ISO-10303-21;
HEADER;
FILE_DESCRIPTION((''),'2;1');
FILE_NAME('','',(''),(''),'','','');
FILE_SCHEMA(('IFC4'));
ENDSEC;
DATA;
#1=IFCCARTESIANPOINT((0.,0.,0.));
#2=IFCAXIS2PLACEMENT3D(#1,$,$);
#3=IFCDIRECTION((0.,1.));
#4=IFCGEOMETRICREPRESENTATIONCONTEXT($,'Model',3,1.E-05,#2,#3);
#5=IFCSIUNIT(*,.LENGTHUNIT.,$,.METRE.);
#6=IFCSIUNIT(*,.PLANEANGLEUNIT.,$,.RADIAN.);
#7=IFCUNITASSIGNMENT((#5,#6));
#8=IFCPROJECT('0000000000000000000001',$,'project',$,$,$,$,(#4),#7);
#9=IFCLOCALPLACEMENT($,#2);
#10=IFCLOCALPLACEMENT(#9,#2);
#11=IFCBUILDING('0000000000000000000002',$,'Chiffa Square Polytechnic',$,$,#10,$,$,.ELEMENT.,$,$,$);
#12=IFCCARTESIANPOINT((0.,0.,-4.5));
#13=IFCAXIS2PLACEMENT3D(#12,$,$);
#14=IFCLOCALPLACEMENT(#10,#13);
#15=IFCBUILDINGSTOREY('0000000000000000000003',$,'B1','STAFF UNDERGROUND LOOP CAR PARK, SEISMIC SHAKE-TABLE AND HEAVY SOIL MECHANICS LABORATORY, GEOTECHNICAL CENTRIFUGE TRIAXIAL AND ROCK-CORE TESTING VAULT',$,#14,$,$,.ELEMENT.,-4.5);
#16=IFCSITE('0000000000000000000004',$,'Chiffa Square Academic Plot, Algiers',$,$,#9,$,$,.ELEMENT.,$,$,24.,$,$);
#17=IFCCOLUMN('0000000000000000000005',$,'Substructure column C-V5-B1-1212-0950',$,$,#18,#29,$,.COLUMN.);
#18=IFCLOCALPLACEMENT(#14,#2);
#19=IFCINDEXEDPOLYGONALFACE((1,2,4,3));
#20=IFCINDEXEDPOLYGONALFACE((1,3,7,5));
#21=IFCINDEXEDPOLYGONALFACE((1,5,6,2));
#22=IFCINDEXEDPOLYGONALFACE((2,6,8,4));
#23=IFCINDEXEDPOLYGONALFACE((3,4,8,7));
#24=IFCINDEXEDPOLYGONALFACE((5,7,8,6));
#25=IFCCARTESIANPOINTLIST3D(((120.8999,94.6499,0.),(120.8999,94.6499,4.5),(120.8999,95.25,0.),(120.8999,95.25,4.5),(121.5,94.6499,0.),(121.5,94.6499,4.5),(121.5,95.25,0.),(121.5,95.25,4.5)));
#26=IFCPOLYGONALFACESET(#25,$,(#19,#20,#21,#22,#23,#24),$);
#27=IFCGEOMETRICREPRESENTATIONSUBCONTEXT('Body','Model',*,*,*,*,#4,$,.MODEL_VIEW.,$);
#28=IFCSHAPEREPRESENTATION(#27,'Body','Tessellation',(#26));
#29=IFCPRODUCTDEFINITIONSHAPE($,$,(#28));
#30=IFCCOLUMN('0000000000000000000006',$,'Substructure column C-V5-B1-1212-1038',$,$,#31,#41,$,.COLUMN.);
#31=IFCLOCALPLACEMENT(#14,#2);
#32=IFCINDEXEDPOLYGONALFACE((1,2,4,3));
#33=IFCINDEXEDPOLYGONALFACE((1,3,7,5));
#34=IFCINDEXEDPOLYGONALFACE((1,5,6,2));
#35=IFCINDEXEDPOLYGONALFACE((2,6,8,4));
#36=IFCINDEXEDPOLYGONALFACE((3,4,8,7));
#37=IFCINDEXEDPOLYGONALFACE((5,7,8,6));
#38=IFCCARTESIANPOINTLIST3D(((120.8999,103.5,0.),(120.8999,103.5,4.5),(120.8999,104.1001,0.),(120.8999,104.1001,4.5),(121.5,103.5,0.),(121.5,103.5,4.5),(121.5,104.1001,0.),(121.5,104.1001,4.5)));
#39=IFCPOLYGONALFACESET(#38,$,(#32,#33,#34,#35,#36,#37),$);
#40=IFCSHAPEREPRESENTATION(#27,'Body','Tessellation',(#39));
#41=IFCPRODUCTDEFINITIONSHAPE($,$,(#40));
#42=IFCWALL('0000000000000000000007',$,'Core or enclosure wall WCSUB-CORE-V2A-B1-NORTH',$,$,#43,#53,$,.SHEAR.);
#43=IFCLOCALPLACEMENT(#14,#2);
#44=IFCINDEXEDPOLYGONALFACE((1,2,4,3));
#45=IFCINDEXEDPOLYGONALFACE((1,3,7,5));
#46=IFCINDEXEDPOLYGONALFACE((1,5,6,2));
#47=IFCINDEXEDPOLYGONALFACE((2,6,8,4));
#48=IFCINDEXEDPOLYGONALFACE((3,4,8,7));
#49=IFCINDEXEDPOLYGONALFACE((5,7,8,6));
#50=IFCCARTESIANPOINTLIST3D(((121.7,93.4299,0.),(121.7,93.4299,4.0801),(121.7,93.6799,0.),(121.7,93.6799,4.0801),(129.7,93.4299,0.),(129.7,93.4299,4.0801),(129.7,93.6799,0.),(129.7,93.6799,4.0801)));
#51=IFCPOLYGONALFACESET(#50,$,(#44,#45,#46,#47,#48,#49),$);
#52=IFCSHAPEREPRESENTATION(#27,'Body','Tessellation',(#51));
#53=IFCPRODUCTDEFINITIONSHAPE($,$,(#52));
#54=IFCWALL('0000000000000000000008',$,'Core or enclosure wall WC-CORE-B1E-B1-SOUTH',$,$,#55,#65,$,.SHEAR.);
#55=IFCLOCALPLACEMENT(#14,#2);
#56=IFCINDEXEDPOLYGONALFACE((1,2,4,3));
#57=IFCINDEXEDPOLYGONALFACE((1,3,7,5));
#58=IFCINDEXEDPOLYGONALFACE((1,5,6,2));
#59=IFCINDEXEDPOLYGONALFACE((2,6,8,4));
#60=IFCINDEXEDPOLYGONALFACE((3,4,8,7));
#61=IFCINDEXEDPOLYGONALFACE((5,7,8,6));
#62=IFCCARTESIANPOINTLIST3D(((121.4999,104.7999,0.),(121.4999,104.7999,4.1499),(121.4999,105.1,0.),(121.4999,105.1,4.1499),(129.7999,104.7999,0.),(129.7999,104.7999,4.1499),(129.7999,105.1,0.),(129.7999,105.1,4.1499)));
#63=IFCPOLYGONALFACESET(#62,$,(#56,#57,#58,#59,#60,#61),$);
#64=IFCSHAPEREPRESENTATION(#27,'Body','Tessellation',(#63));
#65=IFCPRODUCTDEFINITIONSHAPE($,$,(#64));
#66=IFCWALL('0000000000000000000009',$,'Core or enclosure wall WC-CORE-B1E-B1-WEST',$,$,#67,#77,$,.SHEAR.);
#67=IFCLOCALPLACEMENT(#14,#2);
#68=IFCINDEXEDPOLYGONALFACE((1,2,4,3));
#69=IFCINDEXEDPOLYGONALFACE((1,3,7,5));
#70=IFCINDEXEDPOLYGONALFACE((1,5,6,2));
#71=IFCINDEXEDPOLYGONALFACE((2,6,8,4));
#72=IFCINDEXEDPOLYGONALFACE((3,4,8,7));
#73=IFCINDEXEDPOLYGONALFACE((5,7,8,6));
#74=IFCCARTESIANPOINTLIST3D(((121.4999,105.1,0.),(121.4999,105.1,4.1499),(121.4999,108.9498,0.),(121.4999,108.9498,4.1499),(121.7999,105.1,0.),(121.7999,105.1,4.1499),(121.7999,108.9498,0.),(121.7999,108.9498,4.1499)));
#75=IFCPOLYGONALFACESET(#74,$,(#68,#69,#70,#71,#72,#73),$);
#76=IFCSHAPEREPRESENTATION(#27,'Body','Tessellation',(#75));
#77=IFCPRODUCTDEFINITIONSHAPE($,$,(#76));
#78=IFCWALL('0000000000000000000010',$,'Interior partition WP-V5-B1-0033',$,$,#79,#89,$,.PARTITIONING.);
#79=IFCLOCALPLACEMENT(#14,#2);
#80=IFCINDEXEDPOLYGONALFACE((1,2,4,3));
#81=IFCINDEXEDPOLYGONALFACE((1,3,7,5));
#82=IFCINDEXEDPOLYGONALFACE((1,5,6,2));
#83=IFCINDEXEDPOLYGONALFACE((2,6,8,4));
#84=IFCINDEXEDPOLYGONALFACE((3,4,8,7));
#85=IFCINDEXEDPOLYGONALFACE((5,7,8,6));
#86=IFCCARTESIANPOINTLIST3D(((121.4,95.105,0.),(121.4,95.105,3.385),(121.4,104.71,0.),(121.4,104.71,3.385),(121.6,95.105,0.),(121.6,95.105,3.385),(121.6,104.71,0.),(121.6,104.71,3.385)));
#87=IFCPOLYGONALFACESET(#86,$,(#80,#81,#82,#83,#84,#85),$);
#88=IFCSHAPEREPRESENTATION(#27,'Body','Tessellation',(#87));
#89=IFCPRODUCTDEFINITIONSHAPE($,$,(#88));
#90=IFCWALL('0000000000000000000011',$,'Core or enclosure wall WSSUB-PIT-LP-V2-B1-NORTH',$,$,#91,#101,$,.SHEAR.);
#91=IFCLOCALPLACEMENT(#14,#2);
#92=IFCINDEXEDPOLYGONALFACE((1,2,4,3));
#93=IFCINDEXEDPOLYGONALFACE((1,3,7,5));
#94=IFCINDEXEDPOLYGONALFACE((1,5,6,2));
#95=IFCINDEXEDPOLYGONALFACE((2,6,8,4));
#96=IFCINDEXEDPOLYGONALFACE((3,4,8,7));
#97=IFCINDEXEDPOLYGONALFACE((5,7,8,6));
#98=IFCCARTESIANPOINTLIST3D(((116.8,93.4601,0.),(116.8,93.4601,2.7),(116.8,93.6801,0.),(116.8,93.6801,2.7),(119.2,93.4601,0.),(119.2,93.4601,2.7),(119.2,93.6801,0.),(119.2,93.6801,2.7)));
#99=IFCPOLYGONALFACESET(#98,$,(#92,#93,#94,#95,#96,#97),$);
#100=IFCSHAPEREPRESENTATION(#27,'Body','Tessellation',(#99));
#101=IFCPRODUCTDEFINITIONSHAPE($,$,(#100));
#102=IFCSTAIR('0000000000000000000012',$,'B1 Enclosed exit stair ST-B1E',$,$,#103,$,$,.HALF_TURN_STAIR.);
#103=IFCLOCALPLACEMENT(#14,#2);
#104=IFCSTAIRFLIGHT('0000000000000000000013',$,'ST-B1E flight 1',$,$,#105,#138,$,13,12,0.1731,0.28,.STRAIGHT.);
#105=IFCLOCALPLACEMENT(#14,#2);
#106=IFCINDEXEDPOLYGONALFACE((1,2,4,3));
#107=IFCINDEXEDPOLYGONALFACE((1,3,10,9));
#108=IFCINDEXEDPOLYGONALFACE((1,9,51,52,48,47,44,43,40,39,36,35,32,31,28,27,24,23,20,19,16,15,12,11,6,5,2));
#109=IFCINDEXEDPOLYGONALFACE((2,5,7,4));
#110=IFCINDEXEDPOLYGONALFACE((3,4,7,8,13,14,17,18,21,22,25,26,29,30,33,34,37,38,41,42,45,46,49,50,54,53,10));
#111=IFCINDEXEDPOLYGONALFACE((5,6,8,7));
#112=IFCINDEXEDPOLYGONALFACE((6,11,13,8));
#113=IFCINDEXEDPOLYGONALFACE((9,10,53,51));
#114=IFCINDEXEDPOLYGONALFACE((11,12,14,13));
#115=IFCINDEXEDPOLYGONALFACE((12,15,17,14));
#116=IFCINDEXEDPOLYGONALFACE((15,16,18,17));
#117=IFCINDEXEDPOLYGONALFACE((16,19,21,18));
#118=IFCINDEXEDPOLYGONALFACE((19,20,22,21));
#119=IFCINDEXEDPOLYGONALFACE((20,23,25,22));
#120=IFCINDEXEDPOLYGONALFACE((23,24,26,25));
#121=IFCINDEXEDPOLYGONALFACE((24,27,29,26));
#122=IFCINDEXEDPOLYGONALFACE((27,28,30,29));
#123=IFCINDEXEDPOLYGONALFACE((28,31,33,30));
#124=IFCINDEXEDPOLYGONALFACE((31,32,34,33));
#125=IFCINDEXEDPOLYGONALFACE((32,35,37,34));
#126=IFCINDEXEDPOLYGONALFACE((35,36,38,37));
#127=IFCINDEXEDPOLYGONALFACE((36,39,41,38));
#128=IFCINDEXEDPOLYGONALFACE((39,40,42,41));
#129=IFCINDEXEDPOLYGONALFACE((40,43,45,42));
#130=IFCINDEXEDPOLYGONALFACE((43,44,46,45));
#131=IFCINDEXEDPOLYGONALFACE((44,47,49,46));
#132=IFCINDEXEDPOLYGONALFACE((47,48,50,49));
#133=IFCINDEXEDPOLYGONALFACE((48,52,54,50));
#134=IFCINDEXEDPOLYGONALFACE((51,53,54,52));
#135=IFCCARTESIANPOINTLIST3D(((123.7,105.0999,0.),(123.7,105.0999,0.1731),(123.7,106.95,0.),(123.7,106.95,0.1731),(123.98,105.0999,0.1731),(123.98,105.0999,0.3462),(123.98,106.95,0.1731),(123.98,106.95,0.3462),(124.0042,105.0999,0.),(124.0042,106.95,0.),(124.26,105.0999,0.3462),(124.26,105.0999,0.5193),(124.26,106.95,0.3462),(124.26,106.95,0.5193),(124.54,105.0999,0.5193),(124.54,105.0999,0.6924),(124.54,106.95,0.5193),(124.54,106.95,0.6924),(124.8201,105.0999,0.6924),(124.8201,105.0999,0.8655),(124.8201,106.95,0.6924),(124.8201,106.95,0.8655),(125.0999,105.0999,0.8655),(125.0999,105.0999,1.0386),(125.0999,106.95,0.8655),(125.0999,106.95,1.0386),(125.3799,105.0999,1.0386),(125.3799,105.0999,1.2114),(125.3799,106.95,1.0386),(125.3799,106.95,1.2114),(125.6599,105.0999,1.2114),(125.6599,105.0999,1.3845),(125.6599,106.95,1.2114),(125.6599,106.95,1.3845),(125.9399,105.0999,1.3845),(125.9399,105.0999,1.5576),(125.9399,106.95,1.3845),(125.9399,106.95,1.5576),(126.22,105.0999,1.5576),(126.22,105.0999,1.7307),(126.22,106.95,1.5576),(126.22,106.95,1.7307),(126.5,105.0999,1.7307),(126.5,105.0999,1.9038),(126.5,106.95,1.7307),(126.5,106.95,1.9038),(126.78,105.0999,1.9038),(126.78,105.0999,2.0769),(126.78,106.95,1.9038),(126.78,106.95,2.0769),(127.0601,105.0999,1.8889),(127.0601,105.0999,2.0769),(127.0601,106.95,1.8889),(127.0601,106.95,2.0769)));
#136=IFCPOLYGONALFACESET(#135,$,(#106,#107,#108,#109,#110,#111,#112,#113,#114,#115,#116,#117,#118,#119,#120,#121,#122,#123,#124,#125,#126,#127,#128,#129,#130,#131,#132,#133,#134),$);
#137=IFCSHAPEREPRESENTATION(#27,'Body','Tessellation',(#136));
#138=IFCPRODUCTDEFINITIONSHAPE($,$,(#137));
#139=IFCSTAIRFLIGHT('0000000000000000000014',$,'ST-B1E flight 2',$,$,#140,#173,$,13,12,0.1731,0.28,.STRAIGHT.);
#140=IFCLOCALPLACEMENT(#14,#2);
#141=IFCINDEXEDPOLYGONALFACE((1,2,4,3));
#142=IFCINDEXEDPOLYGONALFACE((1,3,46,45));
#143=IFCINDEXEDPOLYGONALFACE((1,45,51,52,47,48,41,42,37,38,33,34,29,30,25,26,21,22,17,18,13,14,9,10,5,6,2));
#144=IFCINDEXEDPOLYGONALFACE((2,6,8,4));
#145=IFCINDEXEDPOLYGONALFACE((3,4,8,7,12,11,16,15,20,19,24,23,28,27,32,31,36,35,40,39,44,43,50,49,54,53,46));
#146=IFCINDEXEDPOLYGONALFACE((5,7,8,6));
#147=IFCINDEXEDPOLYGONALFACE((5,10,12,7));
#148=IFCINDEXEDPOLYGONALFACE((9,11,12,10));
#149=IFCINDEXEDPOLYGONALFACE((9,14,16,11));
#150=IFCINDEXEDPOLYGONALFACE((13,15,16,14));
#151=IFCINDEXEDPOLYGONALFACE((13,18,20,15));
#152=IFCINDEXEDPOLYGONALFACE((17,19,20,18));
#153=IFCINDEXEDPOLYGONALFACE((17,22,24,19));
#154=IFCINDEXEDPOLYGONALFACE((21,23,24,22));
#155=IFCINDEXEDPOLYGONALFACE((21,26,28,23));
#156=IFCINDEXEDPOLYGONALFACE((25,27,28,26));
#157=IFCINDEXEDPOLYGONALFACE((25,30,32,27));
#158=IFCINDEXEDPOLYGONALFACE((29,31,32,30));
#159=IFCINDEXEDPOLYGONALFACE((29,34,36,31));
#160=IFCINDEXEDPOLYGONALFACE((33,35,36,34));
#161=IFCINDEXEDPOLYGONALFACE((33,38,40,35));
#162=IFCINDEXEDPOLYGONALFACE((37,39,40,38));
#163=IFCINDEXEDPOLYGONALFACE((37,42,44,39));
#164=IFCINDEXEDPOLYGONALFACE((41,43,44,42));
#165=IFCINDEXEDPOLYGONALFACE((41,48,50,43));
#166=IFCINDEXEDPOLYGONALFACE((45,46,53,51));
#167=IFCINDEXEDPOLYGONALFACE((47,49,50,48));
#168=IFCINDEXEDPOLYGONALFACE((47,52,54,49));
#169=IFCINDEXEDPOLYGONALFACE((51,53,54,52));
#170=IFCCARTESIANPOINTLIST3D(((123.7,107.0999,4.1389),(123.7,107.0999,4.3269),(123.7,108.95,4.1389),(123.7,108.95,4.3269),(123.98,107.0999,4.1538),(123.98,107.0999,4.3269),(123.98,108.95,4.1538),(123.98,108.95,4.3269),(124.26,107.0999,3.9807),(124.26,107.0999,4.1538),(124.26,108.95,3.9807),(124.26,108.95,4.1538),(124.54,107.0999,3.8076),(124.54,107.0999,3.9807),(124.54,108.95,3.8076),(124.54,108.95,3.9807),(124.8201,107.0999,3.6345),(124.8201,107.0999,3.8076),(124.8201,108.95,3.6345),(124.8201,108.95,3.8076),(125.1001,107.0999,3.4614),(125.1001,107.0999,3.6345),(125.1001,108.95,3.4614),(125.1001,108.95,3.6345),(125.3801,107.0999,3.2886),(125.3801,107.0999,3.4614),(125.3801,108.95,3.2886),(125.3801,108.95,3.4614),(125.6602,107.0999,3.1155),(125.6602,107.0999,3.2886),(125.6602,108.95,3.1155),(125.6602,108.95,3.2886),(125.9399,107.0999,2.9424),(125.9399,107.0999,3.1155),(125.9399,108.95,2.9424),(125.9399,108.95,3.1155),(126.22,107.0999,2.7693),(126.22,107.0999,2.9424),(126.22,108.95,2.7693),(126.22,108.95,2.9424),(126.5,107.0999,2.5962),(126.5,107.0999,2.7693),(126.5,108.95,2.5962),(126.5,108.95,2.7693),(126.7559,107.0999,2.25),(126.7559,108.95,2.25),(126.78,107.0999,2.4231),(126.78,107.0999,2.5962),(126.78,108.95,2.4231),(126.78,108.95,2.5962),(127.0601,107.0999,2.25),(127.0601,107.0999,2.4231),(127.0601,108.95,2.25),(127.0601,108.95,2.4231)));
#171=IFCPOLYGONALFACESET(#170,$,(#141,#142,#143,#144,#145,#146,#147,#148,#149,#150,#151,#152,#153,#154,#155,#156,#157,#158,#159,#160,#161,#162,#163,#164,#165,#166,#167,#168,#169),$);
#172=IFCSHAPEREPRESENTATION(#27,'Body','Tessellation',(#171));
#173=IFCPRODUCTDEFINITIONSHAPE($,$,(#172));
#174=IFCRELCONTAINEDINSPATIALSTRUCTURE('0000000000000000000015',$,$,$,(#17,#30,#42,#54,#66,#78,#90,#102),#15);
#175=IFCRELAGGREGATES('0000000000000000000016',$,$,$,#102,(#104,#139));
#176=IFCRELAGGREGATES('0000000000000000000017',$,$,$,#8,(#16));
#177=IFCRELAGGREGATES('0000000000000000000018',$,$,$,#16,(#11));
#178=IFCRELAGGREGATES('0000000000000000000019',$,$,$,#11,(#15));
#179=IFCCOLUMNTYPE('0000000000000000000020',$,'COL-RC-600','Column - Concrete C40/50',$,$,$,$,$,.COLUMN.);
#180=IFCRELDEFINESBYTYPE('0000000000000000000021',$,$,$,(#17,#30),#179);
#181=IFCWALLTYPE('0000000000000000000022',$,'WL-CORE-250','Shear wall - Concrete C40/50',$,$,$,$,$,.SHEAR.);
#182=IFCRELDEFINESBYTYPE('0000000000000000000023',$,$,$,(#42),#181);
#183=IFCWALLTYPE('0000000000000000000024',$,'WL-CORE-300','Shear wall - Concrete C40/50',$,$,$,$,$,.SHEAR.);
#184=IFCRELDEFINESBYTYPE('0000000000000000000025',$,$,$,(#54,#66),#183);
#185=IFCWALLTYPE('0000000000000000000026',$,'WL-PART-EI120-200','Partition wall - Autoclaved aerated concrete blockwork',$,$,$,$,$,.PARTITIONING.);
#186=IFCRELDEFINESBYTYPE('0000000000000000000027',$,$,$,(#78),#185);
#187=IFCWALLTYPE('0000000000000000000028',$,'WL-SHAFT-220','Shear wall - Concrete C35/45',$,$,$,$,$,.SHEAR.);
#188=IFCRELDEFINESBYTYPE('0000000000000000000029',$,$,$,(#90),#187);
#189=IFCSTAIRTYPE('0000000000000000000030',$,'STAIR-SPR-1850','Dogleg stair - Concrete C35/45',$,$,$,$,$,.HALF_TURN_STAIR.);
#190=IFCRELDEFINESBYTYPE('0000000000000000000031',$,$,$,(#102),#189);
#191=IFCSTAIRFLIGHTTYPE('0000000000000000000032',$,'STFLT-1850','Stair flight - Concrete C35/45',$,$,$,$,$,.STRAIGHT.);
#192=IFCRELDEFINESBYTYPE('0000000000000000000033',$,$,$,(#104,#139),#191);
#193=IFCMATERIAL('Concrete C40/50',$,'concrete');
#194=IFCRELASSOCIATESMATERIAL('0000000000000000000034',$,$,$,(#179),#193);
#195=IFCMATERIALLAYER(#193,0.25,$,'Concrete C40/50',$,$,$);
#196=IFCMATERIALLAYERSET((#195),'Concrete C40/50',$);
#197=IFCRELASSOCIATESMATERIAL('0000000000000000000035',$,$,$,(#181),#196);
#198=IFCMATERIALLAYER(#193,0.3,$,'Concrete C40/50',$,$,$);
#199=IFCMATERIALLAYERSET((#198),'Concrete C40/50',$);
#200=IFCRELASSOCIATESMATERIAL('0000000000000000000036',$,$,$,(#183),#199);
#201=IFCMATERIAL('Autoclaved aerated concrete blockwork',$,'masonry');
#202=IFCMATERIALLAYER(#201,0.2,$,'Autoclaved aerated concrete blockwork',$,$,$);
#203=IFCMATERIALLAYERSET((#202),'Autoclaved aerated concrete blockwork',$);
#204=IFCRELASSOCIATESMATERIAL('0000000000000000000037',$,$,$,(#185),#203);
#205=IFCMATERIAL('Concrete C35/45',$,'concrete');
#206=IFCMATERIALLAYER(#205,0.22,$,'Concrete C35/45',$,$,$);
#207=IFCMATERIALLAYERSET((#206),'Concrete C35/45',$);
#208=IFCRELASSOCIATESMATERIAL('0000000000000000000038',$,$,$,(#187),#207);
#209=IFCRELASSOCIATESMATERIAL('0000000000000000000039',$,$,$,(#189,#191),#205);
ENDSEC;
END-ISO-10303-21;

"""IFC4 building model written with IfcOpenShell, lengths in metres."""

from ifc_helpers import new_model, si_unit, direction, frame, frame_2d, origin, origin_2d, place, context, subcontext, project, spatial, polyline, rectangle, outline, extrude, material, layer, layer_set, material_profile, profile_set, type_object, element, aggregate, save


model = new_model("IFC4")

# Units and contexts
model_context = context("Model", 3, precision=1e-05, world=origin(), true_north=direction((0.0, 1.0)))
body_context = subcontext(model_context, "Body", "Model", "MODEL_VIEW")
ifc_project = project(units=[si_unit("LENGTHUNIT", "METRE"), si_unit("PLANEANGLEUNIT", "RADIAN")], contexts=[model_context])

# Site, building, storey
site_placement = place(None, origin())
site = spatial("IfcSite", under=ifc_project, at=site_placement, Name="Chiffa Square Academic Plot, Algiers", CompositionType="ELEMENT", RefElevation=24.0)
building_placement = place(site_placement, origin())
building = spatial("IfcBuilding", under=site, at=building_placement, Name="Chiffa Square Polytechnic", CompositionType="ELEMENT")
storey_placement = place(building_placement, frame((0.0, 0.0, -4.5)))
storey = spatial("IfcBuildingStorey", under=building, at=storey_placement, Name="B1", Description="STAFF UNDERGROUND LOOP CAR PARK, SEISMIC SHAKE-TABLE AND HEAVY SOIL MECHANICS LABORATORY, GEOTECHNICAL CENTRIFUGE TRIAXIAL AND ROCK-CORE TESTING VAULT", CompositionType="ELEMENT", Elevation=-4.5)

# Shared definitions
ifc_material_1 = material(Name="Concrete C35/45", Category="concrete")

# Columns
ifc_material_2 = material(Name="Concrete C40/50", Category="concrete")
ifc_material_profile_1 = material_profile(ifc_material_2, rectangle(XDim=0.6001, YDim=0.6001, at=origin_2d()), Name="RC 600x600")
ifc_profile_set_1 = profile_set([ifc_material_profile_1], Name="Concrete C40/50")
column_type_1 = type_object("IfcColumnType", Name="COL-RC-600", Description="Column - Concrete C40/50", PredefinedType="COLUMN", material=ifc_profile_set_1)
for number, where, z_axis, x_axis, name in (
    (1, (121.2, 94.95, 0.0), (0.0, 0.0, 1.0), (1.0, 0.0, 0.0), "Substructure column C-V5-B1-1212-0950"),
    (2, (121.2, 103.8, 0.0), (0.0, 0.0, 1.0), (1.0, 0.0, 0.0), "Substructure column C-V5-B1-1212-1038"),
):
    element("IfcColumn", number, at=place(storey_placement, frame(where, z_axis=z_axis, x_axis=x_axis)), inside=storey, type_object=column_type_1, Name=name, PredefinedType="COLUMN", context=body_context, shape_type="SweptSolid", body=[
        extrude(rectangle(XDim=0.6001, YDim=0.6001, at=origin_2d()), origin(), (0.0, 0.0, 1.0), 4.5),
    ])

# Walls
ifc_layer_1 = layer(ifc_material_2, 0.25, Name="Concrete C40/50")
ifc_layer_set_1 = layer_set([ifc_layer_1], Name="Concrete C40/50")
wall_type_1 = type_object("IfcWallType", Name="WL-CORE-250", Description="Shear wall - Concrete C40/50", PredefinedType="SHEAR", material=ifc_layer_set_1)
wall_1_placement = place(storey_placement, frame((121.7, 93.5549, 0.0), z_axis=(0.0, 0.0, 1.0), x_axis=(1.0, 0.0, 0.0)))
element("IfcWall", 3, at=wall_1_placement, inside=storey, type_object=wall_type_1, Name="Core or enclosure wall WCSUB-CORE-V2A-B1-NORTH", PredefinedType="SHEAR", context=body_context, shape_type="SweptSolid", body=[
    extrude(rectangle(XDim=8.0, YDim=0.25, at=frame_2d((4.0, 0.0))), origin(), (0.0, 0.0, 1.0), 4.0801),
])
ifc_layer_2 = layer(ifc_material_2, 0.3, Name="Concrete C40/50")
ifc_layer_set_2 = layer_set([ifc_layer_2], Name="Concrete C40/50")
wall_type_2 = type_object("IfcWallType", Name="WL-CORE-300", Description="Shear wall - Concrete C40/50", PredefinedType="SHEAR", material=ifc_layer_set_2)
wall_2_placement = place(storey_placement, frame((121.5, 104.95, 0.0), z_axis=(0.0, 0.0, 1.0), x_axis=(1.0, 0.0, 0.0)))
element("IfcWall", 4, at=wall_2_placement, inside=storey, type_object=wall_type_2, Name="Core or enclosure wall WC-CORE-B1E-B1-SOUTH", PredefinedType="SHEAR", context=body_context, shape_type="SweptSolid", body=[
    extrude(rectangle(XDim=8.3, YDim=0.3, at=frame_2d((4.1499, 0.0))), origin(), (0.0, 0.0, 1.0), 4.1499),
])
wall_3_placement = place(storey_placement, frame((121.6499, 105.1001, 0.0), z_axis=(0.0, 0.0, 1.0), x_axis=(0.0, 1.0, 0.0)))
element("IfcWall", 5, at=wall_3_placement, inside=storey, type_object=wall_type_2, Name="Core or enclosure wall WC-CORE-B1E-B1-WEST", PredefinedType="SHEAR", context=body_context, shape_type="SweptSolid", body=[
    extrude(rectangle(XDim=3.8499, YDim=0.3, at=frame_2d((1.9248, 0.0))), origin(), (0.0, 0.0, 1.0), 4.1499),
])
ifc_material_3 = material(Name="Autoclaved aerated concrete blockwork", Category="masonry")
ifc_layer_3 = layer(ifc_material_3, 0.2, Name="Autoclaved aerated concrete blockwork")
ifc_layer_set_3 = layer_set([ifc_layer_3], Name="Autoclaved aerated concrete blockwork")
wall_type_3 = type_object("IfcWallType", Name="WL-PART-EI120-200", Description="Partition wall - Autoclaved aerated concrete blockwork", PredefinedType="PARTITIONING", material=ifc_layer_set_3)
wall_4_placement = place(storey_placement, frame((121.5, 95.105, 0.0), z_axis=(0.0, 0.0, 1.0), x_axis=(0.0, 1.0, 0.0)))
element("IfcWall", 6, at=wall_4_placement, inside=storey, type_object=wall_type_3, Name="Interior partition WP-V5-B1-0033", PredefinedType="PARTITIONING", context=body_context, shape_type="SweptSolid", body=[
    extrude(rectangle(XDim=9.605, YDim=0.2, at=frame_2d((4.8025, 0.0))), origin(), (0.0, 0.0, 1.0), 3.385),
])
ifc_layer_4 = layer(ifc_material_1, 0.22, Name="Concrete C35/45")
ifc_layer_set_4 = layer_set([ifc_layer_4], Name="Concrete C35/45")
wall_type_4 = type_object("IfcWallType", Name="WL-SHAFT-220", Description="Shear wall - Concrete C35/45", PredefinedType="SHEAR", material=ifc_layer_set_4)
wall_5_placement = place(storey_placement, frame((116.8, 93.5701, 0.0), z_axis=(0.0, 0.0, 1.0), x_axis=(1.0, 0.0, 0.0)))
element("IfcWall", 7, at=wall_5_placement, inside=storey, type_object=wall_type_4, Name="Core or enclosure wall WSSUB-PIT-LP-V2-B1-NORTH", PredefinedType="SHEAR", context=body_context, shape_type="SweptSolid", body=[
    extrude(rectangle(XDim=2.3999, YDim=0.22, at=frame_2d((1.2, 0.0))), origin(), (0.0, 0.0, 1.0), 2.7),
])

# Stair, stair flights
stair_type = type_object("IfcStairType", Name="STAIR-SPR-1850", Description="Dogleg stair - Concrete C35/45", PredefinedType="HALF_TURN_STAIR", material=ifc_material_1)
stair_placement = place(storey_placement, origin())
stair = element("IfcStair", 8, at=stair_placement, inside=storey, type_object=stair_type, Name="B1 Enclosed exit stair ST-B1E", PredefinedType="HALF_TURN_STAIR")
stair_flight_type = type_object("IfcStairFlightType", Name="STFLT-1850", Description="Stair flight - Concrete C35/45", PredefinedType="STRAIGHT", material=ifc_material_1)
stair_flight_1_placement = place(storey_placement, frame((123.7, 106.0249, 0.0), z_axis=(0.0, 0.0, 1.0), x_axis=(1.0, 0.0, 0.0)))
stair_flight_1 = element("IfcStairFlight", 9, at=stair_flight_1_placement, type_object=stair_flight_type, Name="ST-B1E flight 1", NumberOfRisers=13, NumberOfTreads=12, PredefinedType="STRAIGHT", RiserHeight=0.1731, TreadLength=0.28, context=body_context, shape_type="SweptSolid", body=[
    extrude(outline(polyline([(0.0, 0.0), (0.0, 0.1731), (0.28, 0.1731), (0.28, 0.3462), (0.5601, 0.3462), (0.5601, 0.5193), (0.8401, 0.5193), (0.8401, 0.6924), (1.1201, 0.6924), (1.1201, 0.8655), (1.3999, 0.8655), (1.3999, 1.0386), (1.6799, 1.0386), (1.6799, 1.2114), (1.96, 1.2114), (1.96, 1.3845), (2.24, 1.3845), (2.24, 1.5576), (2.52, 1.5576), (2.52, 1.7307), (2.8, 1.7307), (2.8, 1.9038), (3.0801, 1.9038), (3.0801, 2.0769), (3.3601, 2.0769), (3.3601, 2.25), (3.3601, 1.8889), (0.3042, 0.0), (0.0, 0.0)])), frame((0.0, 0.925, 0.0), z_axis=(0.0, -1.0, 0.0), x_axis=(1.0, 0.0, 0.0)), (0.0, 0.0, 1.0), 1.8501),
])
stair_flight_2_placement = place(storey_placement, frame((127.0601, 108.0249, 2.25), z_axis=(0.0, 0.0, 1.0), x_axis=(-1.0, 0.0, 0.0)))
stair_flight_2 = element("IfcStairFlight", 10, at=stair_flight_2_placement, type_object=stair_flight_type, Name="ST-B1E flight 2", NumberOfRisers=13, NumberOfTreads=12, PredefinedType="STRAIGHT", RiserHeight=0.1731, TreadLength=0.28, context=body_context, shape_type="SweptSolid", body=[
    extrude(outline(polyline([(0.0, 0.0), (0.0, 0.1731), (0.28, 0.1731), (0.28, 0.3462), (0.5601, 0.3462), (0.5601, 0.5193), (0.8401, 0.5193), (0.8401, 0.6924), (1.1201, 0.6924), (1.1201, 0.8655), (1.3999, 0.8655), (1.3999, 1.0386), (1.6799, 1.0386), (1.6799, 1.2114), (1.96, 1.2114), (1.96, 1.3845), (2.24, 1.3845), (2.24, 1.5576), (2.52, 1.5576), (2.52, 1.7307), (2.8, 1.7307), (2.8, 1.9038), (3.0801, 1.9038), (3.0801, 2.0769), (3.3601, 2.0769), (3.3601, 2.25), (3.3601, 1.8889), (0.3042, 0.0), (0.0, 0.0)])), frame((0.0, 0.925, 0.0), z_axis=(0.0, -1.0, 0.0), x_axis=(1.0, 0.0, 0.0)), (0.0, 0.0, 1.0), 1.8501),
])
aggregate(stair, [stair_flight_1, stair_flight_2])

save(model, "model.ifc")
